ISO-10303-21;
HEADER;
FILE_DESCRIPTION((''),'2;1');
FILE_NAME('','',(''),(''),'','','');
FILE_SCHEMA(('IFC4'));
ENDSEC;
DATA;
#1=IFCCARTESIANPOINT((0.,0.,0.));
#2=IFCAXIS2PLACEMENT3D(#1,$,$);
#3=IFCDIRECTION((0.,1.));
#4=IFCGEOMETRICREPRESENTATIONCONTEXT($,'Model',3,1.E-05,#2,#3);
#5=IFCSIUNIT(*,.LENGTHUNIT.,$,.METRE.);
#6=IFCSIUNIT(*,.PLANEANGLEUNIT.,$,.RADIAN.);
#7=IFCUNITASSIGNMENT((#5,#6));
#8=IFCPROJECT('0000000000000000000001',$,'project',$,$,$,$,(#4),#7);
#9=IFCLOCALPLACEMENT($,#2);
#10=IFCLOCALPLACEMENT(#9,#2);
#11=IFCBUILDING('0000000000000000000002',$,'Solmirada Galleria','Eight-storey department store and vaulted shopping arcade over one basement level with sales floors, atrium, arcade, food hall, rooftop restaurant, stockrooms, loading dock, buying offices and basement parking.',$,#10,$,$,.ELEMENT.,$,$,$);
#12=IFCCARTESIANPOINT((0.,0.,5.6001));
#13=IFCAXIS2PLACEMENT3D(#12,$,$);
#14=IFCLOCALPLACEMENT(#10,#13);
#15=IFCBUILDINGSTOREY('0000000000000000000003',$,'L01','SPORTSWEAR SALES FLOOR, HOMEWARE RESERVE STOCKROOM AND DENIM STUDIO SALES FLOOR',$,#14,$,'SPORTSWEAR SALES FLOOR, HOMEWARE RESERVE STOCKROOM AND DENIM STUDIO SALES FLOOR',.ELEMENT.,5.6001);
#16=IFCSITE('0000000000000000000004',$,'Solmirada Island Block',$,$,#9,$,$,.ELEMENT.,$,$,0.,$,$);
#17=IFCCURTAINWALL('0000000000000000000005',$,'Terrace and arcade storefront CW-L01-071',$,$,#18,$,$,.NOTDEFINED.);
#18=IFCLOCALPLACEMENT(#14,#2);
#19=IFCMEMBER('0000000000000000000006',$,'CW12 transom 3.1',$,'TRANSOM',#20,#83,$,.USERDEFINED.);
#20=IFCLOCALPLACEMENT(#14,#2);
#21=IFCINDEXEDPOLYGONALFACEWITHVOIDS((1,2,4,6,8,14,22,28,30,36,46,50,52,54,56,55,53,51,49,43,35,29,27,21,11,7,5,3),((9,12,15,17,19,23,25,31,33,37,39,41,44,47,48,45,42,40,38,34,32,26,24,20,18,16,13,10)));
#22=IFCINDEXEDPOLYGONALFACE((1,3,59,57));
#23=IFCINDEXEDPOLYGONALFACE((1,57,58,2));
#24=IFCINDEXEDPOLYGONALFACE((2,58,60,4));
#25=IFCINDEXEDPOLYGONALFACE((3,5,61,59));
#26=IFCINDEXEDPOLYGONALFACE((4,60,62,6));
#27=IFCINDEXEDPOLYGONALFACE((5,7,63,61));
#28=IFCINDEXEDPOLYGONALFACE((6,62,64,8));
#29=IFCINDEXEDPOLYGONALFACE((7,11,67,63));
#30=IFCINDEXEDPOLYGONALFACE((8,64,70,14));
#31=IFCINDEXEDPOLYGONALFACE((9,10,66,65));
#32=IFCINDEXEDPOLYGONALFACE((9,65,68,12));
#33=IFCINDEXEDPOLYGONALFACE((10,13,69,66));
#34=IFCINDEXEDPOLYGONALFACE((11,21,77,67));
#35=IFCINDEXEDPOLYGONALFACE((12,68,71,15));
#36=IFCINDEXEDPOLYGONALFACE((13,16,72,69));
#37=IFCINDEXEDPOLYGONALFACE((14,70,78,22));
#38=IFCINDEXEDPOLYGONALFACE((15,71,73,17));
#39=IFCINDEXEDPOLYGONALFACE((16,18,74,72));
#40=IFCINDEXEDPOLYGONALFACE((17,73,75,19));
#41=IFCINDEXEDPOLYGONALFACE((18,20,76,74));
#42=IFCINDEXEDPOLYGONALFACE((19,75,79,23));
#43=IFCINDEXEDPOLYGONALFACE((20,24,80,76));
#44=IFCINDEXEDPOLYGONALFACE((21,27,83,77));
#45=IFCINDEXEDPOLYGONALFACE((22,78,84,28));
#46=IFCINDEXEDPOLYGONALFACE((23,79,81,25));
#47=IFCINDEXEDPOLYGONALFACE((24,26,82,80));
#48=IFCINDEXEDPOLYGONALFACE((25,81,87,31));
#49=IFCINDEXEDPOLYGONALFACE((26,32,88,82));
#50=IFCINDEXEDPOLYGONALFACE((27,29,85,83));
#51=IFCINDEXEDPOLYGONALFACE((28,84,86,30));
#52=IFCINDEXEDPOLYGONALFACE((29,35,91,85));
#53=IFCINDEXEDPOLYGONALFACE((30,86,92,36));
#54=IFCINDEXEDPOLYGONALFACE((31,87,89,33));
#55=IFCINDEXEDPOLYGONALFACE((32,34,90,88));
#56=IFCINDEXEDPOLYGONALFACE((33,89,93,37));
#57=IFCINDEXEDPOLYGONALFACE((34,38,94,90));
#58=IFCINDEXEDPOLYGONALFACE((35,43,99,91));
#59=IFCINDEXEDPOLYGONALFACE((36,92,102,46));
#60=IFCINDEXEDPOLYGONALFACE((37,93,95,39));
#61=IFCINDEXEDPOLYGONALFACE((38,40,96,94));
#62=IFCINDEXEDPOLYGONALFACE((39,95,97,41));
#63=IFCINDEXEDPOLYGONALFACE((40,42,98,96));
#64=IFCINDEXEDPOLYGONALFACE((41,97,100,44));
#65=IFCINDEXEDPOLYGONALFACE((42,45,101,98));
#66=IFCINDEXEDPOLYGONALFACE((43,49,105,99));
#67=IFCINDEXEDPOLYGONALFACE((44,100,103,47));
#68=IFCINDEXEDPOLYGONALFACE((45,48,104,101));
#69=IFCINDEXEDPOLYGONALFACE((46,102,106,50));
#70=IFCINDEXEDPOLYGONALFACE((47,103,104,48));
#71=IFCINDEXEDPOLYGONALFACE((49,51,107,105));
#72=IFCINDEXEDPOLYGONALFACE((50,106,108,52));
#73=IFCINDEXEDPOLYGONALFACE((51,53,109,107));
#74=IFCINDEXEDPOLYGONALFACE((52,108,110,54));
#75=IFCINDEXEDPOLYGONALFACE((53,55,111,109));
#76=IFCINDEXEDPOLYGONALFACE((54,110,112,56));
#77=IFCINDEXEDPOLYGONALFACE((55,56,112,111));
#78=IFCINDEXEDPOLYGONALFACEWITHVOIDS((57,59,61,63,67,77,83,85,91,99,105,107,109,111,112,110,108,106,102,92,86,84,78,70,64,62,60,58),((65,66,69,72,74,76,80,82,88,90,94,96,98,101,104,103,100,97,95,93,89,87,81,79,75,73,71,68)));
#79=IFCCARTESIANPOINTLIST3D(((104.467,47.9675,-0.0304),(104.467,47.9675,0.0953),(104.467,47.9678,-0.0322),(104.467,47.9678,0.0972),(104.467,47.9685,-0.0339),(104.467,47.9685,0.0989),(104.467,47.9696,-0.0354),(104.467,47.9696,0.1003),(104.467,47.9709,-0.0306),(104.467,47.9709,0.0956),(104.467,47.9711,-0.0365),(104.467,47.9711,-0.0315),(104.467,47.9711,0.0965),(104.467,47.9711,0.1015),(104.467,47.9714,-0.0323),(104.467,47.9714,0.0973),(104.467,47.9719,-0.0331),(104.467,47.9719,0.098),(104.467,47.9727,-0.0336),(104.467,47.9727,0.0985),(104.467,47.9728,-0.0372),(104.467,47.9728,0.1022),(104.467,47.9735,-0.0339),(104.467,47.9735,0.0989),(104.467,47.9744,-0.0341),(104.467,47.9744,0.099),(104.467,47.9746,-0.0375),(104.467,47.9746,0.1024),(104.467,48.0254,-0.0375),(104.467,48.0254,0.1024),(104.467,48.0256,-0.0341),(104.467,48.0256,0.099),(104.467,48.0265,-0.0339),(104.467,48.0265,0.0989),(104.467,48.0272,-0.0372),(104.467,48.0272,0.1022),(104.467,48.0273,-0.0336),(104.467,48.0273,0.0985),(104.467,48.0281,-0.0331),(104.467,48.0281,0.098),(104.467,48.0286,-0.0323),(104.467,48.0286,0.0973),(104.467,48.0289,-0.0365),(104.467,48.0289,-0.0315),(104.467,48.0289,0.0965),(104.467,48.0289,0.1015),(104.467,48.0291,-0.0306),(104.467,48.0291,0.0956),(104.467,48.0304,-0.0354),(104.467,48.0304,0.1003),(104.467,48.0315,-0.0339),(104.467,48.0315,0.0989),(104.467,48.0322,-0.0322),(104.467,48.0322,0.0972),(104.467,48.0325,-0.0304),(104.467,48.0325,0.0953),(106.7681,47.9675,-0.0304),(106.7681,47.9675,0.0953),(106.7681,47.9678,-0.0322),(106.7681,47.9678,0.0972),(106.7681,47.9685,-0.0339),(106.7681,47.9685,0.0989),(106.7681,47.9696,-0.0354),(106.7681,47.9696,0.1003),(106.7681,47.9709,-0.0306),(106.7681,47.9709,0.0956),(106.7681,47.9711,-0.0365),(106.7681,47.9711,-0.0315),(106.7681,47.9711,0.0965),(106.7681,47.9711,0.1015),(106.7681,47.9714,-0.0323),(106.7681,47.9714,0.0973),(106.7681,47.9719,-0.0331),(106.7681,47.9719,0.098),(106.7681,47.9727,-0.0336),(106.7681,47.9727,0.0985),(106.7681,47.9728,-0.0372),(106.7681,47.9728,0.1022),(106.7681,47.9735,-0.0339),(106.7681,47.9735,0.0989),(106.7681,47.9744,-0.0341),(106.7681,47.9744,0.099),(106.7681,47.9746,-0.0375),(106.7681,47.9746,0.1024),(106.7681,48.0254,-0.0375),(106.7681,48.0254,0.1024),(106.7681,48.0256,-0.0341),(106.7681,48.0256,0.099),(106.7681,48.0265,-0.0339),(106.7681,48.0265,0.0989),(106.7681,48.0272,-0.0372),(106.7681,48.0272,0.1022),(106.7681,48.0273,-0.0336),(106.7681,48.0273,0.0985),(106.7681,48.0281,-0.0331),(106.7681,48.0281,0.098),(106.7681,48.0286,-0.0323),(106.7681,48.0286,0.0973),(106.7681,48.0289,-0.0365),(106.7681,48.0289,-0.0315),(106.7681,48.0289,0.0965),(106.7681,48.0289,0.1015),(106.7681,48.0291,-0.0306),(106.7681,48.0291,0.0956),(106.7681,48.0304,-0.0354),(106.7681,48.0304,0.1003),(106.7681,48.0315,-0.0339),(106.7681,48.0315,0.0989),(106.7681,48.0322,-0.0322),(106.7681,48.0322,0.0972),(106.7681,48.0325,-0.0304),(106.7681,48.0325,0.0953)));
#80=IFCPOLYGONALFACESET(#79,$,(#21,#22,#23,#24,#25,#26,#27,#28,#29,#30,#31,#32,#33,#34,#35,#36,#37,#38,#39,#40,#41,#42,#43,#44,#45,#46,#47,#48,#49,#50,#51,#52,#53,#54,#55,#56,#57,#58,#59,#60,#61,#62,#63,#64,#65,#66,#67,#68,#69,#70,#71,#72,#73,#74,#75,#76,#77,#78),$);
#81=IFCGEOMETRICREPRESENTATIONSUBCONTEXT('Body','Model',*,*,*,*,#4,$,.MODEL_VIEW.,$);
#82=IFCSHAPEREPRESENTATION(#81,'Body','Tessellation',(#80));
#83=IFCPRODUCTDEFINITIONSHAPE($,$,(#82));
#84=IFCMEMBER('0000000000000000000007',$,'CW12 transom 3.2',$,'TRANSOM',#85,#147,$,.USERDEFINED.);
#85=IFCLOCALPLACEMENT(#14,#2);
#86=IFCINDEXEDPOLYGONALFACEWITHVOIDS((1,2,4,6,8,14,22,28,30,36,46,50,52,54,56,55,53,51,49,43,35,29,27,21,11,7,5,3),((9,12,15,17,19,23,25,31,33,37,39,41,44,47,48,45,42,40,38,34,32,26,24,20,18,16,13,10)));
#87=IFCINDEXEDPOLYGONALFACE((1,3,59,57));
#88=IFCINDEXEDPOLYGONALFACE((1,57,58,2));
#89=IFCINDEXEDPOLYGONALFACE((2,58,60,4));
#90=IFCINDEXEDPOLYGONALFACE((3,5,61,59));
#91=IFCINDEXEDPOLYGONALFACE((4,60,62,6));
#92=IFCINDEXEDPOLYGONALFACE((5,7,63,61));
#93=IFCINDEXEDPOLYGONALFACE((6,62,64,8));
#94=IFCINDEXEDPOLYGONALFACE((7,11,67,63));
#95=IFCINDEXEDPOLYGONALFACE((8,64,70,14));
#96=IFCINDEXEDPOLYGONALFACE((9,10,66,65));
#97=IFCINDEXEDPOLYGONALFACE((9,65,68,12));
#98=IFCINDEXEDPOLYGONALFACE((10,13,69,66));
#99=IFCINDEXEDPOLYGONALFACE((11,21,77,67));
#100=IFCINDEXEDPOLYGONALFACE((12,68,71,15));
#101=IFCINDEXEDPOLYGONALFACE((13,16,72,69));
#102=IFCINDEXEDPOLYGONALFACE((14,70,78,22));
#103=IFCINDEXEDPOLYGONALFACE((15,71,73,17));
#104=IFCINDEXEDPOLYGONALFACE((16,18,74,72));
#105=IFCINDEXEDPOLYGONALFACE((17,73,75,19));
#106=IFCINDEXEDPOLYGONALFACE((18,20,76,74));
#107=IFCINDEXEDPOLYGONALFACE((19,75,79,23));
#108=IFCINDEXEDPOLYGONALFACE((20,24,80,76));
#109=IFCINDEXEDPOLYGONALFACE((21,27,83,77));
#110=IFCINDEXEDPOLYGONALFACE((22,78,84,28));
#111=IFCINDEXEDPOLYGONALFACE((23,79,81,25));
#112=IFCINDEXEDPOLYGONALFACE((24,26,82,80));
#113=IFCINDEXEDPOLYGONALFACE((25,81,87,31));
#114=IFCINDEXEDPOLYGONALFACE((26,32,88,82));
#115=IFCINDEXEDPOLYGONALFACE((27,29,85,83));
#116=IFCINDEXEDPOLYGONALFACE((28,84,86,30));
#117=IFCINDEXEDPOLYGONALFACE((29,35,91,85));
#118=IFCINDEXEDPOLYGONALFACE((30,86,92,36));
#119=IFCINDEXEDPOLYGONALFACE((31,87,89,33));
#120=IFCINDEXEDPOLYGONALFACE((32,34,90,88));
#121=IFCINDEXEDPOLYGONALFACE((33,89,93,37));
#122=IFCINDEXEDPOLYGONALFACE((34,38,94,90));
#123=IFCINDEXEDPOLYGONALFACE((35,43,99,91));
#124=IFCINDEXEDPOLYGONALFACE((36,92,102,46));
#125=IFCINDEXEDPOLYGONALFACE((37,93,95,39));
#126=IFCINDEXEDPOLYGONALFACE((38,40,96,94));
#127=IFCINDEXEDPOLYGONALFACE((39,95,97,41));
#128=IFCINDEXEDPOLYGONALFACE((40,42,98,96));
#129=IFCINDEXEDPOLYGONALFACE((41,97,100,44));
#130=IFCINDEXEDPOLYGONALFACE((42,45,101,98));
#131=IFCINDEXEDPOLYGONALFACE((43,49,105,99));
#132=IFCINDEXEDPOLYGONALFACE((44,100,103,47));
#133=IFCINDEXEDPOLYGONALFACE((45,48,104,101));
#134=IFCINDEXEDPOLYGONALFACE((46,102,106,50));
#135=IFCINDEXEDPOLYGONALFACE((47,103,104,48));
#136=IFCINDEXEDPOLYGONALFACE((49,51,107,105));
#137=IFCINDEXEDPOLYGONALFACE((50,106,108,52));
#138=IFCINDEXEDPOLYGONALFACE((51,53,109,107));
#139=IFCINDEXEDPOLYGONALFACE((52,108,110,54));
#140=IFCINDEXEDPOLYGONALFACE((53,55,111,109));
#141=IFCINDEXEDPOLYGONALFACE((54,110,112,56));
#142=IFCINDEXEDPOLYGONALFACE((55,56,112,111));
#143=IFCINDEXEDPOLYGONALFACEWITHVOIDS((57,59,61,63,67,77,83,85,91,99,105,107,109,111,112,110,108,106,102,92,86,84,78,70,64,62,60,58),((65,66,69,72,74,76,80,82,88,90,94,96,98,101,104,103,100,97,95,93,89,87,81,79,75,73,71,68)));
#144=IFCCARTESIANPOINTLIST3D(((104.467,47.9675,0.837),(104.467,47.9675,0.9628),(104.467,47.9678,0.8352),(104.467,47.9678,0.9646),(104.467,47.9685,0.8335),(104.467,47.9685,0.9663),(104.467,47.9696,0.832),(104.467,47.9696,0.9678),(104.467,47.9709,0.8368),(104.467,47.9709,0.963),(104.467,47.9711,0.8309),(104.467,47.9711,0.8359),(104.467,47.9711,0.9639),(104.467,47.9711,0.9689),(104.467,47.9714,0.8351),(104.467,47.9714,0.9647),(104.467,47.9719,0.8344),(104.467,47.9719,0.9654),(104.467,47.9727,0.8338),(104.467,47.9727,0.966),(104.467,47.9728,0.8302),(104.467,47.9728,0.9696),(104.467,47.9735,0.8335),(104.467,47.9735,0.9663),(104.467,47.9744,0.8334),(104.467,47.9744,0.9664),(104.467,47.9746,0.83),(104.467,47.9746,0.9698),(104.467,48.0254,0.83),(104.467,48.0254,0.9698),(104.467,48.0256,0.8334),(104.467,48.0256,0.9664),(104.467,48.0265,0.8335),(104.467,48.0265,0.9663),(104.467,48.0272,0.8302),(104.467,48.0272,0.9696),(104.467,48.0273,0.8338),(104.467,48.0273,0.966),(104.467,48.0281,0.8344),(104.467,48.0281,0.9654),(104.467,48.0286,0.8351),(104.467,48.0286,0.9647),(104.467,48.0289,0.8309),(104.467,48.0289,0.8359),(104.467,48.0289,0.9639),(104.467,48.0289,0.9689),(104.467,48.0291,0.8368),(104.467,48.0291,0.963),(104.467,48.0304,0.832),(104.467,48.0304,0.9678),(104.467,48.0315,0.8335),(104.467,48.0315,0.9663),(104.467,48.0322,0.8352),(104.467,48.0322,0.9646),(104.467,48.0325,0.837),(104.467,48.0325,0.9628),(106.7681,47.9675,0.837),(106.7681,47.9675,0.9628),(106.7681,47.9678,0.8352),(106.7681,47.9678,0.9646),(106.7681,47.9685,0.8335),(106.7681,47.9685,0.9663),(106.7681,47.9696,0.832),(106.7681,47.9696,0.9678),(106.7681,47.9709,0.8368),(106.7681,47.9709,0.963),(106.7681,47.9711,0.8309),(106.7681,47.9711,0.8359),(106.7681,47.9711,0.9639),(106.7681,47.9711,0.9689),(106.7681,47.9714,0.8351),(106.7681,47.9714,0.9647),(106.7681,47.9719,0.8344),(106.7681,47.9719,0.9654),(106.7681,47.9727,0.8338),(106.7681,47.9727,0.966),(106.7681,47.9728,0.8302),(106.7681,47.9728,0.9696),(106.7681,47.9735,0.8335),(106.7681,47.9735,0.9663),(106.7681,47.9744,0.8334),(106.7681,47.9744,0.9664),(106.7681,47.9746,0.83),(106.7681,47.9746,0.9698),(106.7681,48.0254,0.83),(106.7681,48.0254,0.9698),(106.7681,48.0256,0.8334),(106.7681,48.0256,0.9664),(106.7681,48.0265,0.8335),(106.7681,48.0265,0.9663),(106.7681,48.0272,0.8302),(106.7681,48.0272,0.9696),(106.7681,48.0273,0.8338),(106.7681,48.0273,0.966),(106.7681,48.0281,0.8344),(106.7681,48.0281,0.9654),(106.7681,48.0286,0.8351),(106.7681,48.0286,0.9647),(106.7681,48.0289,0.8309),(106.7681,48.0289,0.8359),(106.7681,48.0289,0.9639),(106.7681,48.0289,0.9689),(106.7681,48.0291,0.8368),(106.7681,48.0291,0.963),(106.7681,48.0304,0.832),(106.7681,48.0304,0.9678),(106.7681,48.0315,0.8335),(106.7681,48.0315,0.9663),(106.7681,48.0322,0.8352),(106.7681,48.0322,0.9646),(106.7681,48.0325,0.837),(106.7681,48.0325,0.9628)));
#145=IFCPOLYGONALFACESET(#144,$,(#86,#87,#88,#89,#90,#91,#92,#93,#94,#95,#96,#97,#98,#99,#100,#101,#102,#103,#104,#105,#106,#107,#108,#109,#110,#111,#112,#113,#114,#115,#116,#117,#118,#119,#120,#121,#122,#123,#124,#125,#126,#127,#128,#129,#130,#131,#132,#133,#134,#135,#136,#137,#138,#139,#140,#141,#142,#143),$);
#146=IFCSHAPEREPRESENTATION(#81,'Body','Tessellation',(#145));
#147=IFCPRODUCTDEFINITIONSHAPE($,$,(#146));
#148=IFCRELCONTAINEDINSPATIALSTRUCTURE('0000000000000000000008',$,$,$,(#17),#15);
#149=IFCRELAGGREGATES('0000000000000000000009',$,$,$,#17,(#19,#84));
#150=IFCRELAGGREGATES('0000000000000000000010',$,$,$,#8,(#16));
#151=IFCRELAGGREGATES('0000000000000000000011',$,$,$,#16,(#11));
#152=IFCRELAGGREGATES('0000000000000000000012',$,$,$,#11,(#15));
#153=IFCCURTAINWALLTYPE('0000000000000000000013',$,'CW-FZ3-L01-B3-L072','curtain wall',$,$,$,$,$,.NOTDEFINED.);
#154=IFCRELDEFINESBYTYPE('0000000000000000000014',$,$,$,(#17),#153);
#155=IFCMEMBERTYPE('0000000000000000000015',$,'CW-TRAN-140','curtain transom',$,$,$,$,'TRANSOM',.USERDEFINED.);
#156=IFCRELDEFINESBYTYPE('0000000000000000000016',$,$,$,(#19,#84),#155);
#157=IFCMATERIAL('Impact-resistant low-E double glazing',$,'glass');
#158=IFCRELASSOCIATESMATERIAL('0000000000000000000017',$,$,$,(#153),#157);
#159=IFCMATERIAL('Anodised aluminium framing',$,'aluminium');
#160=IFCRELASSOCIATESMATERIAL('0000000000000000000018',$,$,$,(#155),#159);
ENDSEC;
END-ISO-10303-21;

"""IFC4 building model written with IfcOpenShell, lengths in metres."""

from ifc_helpers import new_model, si_unit, direction, frame, origin, origin_2d, place, context, subcontext, project, spatial, hollow_rectangle, extrude, material, material_profile, profile_set, type_object, element, aggregate, save


model = new_model("IFC4")

# Units and contexts
model_context = context("Model", 3, precision=1e-05, world=origin(), true_north=direction((0.0, 1.0)))
body_context = subcontext(model_context, "Body", "Model", "MODEL_VIEW")
ifc_project = project(units=[si_unit("LENGTHUNIT", "METRE"), si_unit("PLANEANGLEUNIT", "RADIAN")], contexts=[model_context])

# Site, building, storey
site_placement = place(None, origin())
site = spatial("IfcSite", under=ifc_project, at=site_placement, Name="Solmirada Island Block", CompositionType="ELEMENT", RefElevation=0.0)
building_placement = place(site_placement, origin())
building = spatial("IfcBuilding", under=site, at=building_placement, Name="Solmirada Galleria", Description="Eight-storey department store and vaulted shopping arcade over one basement level with sales floors, atrium, arcade, food hall, rooftop restaurant, stockrooms, loading dock, buying offices and basement parking.", CompositionType="ELEMENT")
storey_placement = place(building_placement, frame((0.0, 0.0, 5.6001)))
storey = spatial("IfcBuildingStorey", under=building, at=storey_placement, Name="L01", Description="SPORTSWEAR SALES FLOOR, HOMEWARE RESERVE STOCKROOM AND DENIM STUDIO SALES FLOOR", LongName="SPORTSWEAR SALES FLOOR, HOMEWARE RESERVE STOCKROOM AND DENIM STUDIO SALES FLOOR", CompositionType="ELEMENT", Elevation=5.6001)

# Curtain wall
ifc_material_1 = material(Name="Impact-resistant low-E double glazing", Category="glass")
curtain_wall_type_1 = type_object("IfcCurtainWallType", Name="CW-FZ3-L01-B3-L072", Description="curtain wall", PredefinedType="NOTDEFINED", material=ifc_material_1)
curtain_wall_1_placement = place(storey_placement, origin())
curtain_wall_1 = element("IfcCurtainWall", 1, at=curtain_wall_1_placement, inside=storey, type_object=curtain_wall_type_1, Name="Terrace and arcade storefront CW-L01-071", PredefinedType="NOTDEFINED")
ifc_material_2 = material(Name="Anodised aluminium framing", Category="aluminium")

# Members
ifc_material_profile_1 = material_profile(ifc_material_2, hollow_rectangle(XDim=0.0649, YDim=0.1399, WallThickness=0.0034, InnerFilletRadius=0.0034, OuterFilletRadius=0.0071, at=origin_2d()), Name="ALU-TRAN-140X65")
ifc_profile_set_1 = profile_set([ifc_material_profile_1], Name="Anodised aluminium framing")
member_type_1 = type_object("IfcMemberType", Name="CW-TRAN-140", Description="curtain transom", ElementType="TRANSOM", PredefinedType="USERDEFINED", material=ifc_profile_set_1)
member_1_placement = place(storey_placement, frame((106.7681, 48.0, 0.0325), z_axis=(-1.0, 0.0, 0.0), x_axis=(0.0, -1.0, 0.0)))
member_1 = element("IfcMember", 2, at=member_1_placement, type_object=member_type_1, Name="CW12 transom 3.1", ObjectType="TRANSOM", PredefinedType="USERDEFINED", context=body_context, shape_type="SweptSolid", body=[
    extrude(hollow_rectangle(XDim=0.0649, YDim=0.1399, WallThickness=0.0034, InnerFilletRadius=0.0034, OuterFilletRadius=0.0071, at=origin_2d()), origin(), (0.0, 0.0, 1.0), 2.301),
])
member_2_placement = place(storey_placement, frame((106.7681, 48.0, 0.8999), z_axis=(-1.0, 0.0, 0.0), x_axis=(0.0, -1.0, 0.0)))
member_2 = element("IfcMember", 3, at=member_2_placement, type_object=member_type_1, Name="CW12 transom 3.2", ObjectType="TRANSOM", PredefinedType="USERDEFINED", context=body_context, shape_type="SweptSolid", body=[
    extrude(hollow_rectangle(XDim=0.0649, YDim=0.1399, WallThickness=0.0034, InnerFilletRadius=0.0034, OuterFilletRadius=0.0071, at=origin_2d()), origin(), (0.0, 0.0, 1.0), 2.301),
])

aggregate(curtain_wall_1, [member_1, member_2])

save(model, "model.ifc")
